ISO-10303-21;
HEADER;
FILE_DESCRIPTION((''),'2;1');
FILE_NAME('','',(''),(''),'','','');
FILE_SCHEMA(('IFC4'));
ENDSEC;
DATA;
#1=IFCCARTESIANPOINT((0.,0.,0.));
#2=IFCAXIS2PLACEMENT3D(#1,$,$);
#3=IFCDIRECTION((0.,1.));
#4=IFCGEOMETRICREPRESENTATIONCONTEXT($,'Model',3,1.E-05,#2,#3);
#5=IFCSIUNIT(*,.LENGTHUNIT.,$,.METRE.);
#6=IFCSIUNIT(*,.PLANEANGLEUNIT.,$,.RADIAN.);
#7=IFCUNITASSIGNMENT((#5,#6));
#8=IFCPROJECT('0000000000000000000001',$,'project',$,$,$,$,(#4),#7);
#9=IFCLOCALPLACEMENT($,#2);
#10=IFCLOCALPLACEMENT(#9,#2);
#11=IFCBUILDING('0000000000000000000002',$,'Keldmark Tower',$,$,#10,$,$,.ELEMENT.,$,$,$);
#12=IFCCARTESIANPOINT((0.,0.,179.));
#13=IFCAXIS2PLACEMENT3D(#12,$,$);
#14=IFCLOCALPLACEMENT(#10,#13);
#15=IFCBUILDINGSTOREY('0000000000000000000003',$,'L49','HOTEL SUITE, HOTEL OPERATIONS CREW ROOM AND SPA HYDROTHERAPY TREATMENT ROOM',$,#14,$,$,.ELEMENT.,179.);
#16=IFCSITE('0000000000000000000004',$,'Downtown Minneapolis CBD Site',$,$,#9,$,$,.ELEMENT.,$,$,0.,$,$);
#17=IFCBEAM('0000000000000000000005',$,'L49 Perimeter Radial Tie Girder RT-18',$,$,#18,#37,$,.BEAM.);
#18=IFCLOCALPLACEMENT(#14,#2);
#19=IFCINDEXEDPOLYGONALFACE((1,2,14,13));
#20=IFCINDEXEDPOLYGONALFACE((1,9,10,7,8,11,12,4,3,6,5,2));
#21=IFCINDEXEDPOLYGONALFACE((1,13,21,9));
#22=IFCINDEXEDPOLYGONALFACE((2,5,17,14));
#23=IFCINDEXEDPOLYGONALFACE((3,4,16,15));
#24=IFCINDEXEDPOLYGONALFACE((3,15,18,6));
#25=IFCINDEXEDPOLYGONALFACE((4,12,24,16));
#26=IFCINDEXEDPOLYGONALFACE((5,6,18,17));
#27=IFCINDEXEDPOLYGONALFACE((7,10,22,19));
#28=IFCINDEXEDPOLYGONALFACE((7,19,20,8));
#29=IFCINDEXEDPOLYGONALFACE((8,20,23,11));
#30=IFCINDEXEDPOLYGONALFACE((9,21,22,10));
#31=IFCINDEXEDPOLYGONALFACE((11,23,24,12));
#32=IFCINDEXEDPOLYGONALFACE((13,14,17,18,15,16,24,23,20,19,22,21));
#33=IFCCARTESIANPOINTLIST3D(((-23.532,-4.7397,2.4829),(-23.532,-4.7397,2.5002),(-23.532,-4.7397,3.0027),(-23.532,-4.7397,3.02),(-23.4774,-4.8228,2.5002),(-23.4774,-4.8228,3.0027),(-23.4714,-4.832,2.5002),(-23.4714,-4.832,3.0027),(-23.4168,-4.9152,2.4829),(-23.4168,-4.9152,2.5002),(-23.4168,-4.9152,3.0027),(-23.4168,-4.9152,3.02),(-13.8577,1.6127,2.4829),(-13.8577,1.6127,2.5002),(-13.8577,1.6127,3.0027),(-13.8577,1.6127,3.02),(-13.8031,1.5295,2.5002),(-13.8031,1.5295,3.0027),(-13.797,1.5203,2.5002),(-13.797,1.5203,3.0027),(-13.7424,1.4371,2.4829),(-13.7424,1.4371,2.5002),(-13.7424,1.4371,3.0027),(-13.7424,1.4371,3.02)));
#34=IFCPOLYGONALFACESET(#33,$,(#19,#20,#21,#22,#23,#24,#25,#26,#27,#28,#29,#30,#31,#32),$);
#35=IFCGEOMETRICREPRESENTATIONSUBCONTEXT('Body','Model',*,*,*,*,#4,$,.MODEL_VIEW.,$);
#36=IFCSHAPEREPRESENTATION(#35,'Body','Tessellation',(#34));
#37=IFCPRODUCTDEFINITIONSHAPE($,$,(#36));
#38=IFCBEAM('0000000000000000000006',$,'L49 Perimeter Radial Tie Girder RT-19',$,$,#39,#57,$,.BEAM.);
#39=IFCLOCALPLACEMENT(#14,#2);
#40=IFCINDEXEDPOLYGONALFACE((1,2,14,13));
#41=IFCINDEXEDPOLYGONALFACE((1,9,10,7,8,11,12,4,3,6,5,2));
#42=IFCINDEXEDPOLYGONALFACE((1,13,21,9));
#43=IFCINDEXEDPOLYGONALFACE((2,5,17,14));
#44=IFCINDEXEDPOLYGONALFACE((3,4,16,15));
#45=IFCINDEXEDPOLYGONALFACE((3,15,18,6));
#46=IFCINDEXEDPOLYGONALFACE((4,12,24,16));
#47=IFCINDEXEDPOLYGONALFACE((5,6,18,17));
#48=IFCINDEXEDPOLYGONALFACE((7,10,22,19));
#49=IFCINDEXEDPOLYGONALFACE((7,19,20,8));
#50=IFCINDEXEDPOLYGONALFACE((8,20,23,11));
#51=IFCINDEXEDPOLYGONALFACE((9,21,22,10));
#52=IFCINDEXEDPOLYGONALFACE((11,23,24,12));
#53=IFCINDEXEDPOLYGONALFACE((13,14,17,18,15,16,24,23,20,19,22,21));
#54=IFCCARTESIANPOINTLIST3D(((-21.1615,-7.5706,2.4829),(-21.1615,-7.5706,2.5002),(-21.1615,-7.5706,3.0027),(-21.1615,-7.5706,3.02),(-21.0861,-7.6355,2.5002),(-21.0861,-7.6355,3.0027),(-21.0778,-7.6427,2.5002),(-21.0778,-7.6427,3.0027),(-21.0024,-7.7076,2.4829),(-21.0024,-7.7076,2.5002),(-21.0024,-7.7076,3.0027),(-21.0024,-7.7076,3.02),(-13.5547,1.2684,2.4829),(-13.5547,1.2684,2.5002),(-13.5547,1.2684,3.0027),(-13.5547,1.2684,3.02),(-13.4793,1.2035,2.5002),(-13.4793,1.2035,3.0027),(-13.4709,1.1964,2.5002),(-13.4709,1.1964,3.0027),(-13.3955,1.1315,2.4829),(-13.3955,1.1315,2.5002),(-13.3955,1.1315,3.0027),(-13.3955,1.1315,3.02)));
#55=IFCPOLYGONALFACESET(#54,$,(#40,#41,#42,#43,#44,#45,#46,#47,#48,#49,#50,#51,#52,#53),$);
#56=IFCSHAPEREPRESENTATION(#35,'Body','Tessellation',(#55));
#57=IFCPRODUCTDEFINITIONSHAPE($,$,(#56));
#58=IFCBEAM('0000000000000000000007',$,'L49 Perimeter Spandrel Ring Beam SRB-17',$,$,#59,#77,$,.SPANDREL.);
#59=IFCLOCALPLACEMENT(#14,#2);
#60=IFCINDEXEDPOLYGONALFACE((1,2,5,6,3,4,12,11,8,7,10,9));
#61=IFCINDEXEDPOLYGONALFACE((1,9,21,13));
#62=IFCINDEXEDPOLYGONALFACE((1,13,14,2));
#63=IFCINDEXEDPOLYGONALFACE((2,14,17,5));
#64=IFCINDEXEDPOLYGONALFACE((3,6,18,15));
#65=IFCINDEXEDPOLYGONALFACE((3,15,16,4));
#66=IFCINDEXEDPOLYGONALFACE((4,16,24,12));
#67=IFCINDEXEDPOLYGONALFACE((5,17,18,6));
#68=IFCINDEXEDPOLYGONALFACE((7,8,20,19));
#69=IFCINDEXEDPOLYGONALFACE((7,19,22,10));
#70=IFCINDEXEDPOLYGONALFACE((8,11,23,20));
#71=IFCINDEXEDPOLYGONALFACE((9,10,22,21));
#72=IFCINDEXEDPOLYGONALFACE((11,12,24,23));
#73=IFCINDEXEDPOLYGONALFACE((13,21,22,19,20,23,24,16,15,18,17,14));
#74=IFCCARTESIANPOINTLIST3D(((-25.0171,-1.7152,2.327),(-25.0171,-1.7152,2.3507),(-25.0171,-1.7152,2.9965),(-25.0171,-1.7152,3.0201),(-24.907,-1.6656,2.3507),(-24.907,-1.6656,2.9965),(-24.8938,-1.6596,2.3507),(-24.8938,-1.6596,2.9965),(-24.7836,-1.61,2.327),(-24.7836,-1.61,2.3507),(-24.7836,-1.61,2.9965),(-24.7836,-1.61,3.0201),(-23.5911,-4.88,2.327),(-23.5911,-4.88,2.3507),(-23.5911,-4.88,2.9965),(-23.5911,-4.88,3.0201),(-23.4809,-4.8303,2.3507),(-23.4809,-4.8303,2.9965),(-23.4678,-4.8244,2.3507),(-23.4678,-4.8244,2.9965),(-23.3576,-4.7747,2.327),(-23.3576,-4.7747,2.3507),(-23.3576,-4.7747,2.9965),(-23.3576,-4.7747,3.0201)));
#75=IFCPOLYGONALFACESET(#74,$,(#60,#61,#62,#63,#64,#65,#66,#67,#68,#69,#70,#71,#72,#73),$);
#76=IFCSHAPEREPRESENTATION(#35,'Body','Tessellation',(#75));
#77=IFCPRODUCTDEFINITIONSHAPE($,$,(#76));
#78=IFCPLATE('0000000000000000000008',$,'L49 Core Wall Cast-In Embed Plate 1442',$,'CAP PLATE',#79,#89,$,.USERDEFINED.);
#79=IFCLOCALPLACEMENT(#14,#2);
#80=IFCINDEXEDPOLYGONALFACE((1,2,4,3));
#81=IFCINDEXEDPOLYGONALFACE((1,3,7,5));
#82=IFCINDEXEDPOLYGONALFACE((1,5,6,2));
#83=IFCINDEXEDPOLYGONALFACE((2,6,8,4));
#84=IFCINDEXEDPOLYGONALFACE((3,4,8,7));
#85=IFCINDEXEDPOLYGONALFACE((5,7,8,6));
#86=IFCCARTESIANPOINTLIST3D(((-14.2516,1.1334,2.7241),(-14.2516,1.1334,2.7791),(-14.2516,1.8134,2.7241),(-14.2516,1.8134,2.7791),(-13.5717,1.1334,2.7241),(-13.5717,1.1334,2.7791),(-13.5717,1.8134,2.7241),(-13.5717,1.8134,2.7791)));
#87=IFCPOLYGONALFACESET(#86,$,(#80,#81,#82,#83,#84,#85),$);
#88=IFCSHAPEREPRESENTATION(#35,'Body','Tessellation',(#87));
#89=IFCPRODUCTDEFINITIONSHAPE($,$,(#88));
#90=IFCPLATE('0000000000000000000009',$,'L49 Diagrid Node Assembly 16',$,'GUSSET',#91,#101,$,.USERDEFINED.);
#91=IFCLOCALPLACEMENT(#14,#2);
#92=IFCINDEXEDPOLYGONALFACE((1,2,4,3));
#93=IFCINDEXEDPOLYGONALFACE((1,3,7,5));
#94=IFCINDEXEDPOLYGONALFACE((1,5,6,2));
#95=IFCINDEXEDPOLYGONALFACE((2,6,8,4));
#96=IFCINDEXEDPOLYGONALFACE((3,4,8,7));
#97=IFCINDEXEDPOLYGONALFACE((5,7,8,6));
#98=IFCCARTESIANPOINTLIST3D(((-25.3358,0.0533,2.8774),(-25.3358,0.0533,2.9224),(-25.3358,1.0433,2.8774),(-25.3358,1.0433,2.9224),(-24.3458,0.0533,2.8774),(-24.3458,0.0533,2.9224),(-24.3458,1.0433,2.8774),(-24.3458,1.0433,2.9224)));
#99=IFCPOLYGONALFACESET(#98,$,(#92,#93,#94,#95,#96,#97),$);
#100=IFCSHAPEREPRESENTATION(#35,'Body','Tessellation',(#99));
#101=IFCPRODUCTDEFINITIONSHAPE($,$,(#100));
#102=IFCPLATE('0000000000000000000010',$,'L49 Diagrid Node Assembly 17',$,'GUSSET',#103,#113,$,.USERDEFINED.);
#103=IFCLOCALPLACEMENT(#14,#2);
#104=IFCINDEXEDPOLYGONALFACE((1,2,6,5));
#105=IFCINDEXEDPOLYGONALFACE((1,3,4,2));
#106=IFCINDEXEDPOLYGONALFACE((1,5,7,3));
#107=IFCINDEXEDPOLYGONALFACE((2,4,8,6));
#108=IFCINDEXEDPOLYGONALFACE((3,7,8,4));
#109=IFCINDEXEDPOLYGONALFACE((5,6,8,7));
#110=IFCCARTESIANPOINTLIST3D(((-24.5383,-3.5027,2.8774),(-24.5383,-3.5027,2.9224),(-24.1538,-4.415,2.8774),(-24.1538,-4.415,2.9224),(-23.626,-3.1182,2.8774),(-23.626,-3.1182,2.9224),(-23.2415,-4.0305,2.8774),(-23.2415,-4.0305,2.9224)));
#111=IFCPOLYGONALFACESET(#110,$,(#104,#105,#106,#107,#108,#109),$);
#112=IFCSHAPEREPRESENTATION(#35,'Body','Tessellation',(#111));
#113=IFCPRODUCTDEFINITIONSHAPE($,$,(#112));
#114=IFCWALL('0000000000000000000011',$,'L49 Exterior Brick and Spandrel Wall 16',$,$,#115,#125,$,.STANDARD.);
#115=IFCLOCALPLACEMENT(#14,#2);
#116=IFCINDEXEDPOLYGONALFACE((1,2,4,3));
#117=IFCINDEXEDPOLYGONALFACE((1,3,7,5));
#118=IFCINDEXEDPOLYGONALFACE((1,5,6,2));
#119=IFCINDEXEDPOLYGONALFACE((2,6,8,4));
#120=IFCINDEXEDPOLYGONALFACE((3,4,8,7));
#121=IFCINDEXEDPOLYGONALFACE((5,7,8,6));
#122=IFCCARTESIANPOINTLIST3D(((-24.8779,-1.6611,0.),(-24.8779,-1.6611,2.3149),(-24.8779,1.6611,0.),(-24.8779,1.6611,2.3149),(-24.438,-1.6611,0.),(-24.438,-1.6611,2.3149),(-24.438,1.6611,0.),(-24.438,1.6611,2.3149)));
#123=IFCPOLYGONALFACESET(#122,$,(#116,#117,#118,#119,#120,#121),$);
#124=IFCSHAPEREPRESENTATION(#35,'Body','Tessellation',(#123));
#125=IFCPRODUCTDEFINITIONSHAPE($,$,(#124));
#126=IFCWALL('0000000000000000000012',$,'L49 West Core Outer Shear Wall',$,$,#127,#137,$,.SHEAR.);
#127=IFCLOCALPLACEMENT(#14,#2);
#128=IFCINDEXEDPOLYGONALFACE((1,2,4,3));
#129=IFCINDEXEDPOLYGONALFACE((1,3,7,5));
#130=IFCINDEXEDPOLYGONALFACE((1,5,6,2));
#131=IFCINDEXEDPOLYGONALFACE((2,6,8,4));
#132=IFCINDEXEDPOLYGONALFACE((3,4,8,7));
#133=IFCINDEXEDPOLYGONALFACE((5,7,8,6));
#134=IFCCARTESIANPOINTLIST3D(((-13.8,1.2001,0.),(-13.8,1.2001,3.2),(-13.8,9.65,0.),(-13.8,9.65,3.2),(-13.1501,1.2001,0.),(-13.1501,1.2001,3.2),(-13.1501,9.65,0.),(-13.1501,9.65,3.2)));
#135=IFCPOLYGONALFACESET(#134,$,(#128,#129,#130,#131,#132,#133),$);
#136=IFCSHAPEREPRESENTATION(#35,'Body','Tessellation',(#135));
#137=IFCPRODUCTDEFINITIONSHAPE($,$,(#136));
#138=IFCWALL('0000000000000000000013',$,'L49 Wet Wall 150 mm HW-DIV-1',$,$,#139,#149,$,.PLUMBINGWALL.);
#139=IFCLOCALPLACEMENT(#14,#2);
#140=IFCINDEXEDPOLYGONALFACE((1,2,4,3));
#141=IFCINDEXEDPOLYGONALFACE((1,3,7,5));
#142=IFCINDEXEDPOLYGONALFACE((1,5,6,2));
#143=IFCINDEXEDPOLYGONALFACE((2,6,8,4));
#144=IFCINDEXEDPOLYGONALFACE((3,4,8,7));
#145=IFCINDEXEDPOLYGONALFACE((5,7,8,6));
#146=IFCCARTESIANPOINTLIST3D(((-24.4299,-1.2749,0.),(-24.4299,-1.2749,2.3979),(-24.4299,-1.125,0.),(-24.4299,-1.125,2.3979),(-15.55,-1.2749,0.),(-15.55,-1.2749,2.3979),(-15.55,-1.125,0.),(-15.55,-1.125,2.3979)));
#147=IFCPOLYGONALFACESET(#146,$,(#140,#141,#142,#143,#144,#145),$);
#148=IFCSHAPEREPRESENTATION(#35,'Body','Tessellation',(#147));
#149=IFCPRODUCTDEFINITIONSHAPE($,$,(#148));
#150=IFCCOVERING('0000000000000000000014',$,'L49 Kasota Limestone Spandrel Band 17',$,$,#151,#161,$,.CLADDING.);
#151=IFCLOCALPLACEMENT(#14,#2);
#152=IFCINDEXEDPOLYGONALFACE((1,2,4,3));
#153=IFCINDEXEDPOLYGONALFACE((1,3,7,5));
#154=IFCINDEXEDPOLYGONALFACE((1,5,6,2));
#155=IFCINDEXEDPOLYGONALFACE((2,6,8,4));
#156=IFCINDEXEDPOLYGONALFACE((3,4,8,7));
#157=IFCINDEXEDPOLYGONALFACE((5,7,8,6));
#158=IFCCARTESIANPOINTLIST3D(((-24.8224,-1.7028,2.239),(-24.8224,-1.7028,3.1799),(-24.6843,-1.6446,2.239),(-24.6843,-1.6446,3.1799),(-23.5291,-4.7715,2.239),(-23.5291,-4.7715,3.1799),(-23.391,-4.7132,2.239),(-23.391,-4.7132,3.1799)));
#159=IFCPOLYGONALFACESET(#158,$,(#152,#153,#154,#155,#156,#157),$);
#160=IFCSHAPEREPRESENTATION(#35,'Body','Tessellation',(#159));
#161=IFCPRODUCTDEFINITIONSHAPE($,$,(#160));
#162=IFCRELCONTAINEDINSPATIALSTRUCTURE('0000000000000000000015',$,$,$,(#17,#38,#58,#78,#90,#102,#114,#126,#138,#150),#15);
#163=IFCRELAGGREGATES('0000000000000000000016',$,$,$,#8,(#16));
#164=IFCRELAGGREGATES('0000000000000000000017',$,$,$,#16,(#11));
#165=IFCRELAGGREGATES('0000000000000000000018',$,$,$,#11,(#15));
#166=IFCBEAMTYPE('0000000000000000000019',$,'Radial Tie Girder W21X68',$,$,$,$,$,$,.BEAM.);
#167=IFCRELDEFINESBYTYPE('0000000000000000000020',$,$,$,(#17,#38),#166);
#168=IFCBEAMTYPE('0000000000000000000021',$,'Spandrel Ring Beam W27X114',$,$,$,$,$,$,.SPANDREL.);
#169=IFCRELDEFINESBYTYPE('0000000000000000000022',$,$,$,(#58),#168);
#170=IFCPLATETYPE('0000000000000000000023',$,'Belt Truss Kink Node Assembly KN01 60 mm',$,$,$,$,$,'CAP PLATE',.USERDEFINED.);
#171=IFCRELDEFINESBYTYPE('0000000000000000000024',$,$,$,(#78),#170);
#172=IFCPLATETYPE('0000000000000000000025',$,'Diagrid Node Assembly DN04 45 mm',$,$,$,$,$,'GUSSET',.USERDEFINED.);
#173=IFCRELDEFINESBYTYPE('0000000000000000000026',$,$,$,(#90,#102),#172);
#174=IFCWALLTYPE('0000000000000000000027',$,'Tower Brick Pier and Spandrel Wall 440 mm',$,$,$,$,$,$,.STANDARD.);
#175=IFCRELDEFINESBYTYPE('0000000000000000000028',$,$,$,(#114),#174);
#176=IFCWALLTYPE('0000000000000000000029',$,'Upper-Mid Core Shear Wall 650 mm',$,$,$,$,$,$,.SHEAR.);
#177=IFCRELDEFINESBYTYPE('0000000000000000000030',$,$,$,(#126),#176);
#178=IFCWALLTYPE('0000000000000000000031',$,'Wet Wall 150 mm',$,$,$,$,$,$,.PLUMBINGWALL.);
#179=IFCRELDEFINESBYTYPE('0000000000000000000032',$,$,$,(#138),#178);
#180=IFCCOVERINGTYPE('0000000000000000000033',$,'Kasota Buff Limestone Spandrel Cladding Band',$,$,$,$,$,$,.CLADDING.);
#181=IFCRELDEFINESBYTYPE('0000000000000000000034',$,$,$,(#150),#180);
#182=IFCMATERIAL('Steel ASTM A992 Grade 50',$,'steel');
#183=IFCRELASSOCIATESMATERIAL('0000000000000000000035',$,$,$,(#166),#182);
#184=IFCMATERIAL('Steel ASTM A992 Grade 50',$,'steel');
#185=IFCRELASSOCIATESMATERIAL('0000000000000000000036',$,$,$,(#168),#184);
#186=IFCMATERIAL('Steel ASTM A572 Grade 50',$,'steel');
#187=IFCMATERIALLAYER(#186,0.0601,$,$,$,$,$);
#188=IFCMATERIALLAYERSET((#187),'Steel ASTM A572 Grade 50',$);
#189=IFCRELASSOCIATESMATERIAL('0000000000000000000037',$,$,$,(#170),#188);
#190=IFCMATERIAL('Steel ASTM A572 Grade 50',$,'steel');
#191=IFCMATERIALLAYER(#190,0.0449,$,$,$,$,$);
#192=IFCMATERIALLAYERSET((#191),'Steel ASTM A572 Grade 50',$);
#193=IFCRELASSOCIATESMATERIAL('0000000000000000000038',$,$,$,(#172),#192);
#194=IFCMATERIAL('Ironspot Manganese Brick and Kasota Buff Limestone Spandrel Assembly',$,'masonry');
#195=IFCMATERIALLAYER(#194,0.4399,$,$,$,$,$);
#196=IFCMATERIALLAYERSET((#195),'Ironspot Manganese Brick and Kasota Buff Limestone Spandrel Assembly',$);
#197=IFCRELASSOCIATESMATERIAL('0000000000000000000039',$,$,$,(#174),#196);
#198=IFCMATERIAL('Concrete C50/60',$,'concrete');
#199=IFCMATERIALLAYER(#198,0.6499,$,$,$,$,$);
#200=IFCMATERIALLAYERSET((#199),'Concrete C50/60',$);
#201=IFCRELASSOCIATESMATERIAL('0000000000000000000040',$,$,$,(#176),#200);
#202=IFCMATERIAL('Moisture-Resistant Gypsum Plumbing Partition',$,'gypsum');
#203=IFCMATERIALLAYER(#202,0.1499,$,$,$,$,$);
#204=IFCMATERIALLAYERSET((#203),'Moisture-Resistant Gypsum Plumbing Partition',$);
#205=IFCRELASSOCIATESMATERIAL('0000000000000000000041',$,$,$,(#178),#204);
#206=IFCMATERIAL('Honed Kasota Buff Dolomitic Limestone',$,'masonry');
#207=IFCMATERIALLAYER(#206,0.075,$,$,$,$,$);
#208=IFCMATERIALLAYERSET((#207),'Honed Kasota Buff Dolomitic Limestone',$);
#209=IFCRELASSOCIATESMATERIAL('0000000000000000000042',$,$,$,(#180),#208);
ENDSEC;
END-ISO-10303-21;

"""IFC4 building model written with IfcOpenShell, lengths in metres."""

from ifc_helpers import new_model, si_unit, direction, frame, frame_2d, origin, origin_2d, place, context, subcontext, project, spatial, rectangle, i_section, extrude, material, layer, layer_set, material_profile, profile_set, type_object, element, save


model = new_model("IFC4")

# Units and contexts
model_context = context("Model", 3, precision=1e-05, world=origin(), true_north=direction((0.0, 1.0)))
body_context = subcontext(model_context, "Body", "Model", "MODEL_VIEW")
ifc_project = project(units=[si_unit("LENGTHUNIT", "METRE"), si_unit("PLANEANGLEUNIT", "RADIAN")], contexts=[model_context])

# Site, building, storey
site_placement = place(None, origin())
site = spatial("IfcSite", under=ifc_project, at=site_placement, Name="Downtown Minneapolis CBD Site", CompositionType="ELEMENT", RefElevation=0.0)
building_placement = place(site_placement, origin())
building = spatial("IfcBuilding", under=site, at=building_placement, Name="Keldmark Tower", CompositionType="ELEMENT")
storey_placement = place(building_placement, frame((0.0, 0.0, 179.0)))
storey = spatial("IfcBuildingStorey", under=building, at=storey_placement, Name="L49", Description="HOTEL SUITE, HOTEL OPERATIONS CREW ROOM AND SPA HYDROTHERAPY TREATMENT ROOM", CompositionType="ELEMENT", Elevation=179.0)

# Beams
ifc_material_1 = material(Name="Steel ASTM A992 Grade 50", Category="steel")
ifc_material_profile_1 = material_profile(ifc_material_1, i_section(OverallWidth=0.21, OverallDepth=0.5371, WebThickness=0.011, FlangeThickness=0.0173, at=origin_2d()), Name="W21X68")
ifc_profile_set_1 = profile_set([ifc_material_profile_1], Name="Steel ASTM A992 Grade 50")
beam_type_1 = type_object("IfcBeamType", Name="Radial Tie Girder W21X68", PredefinedType="BEAM", material=ifc_profile_set_1)
beam_1_placement = place(storey_placement, frame((-13.8, 1.5249, 2.7515), z_axis=(-0.835908, -0.548869, 0.0), x_axis=(0.548869, -0.835908, 0.0)))
element("IfcBeam", 1, at=beam_1_placement, inside=storey, type_object=beam_type_1, Name="L49 Perimeter Radial Tie Girder RT-18", PredefinedType="BEAM", context=body_context, shape_type="SweptSolid", body=[
    extrude(i_section(OverallWidth=0.21, OverallDepth=0.5371, WebThickness=0.011, FlangeThickness=0.0173, at=origin_2d()), origin(), (0.0, 0.0, 1.0), 11.5735),
])
beam_2_placement = place(storey_placement, frame((-13.4751, 1.2, 2.7515), z_axis=(-0.6523, -0.757961, 0.0), x_axis=(0.757961, -0.6523, 0.0)))
element("IfcBeam", 2, at=beam_2_placement, inside=storey, type_object=beam_type_1, Name="L49 Perimeter Radial Tie Girder RT-19", PredefinedType="BEAM", context=body_context, shape_type="SweptSolid", body=[
    extrude(i_section(OverallWidth=0.21, OverallDepth=0.5371, WebThickness=0.011, FlangeThickness=0.0173, at=origin_2d()), origin(), (0.0, 0.0, 1.0), 11.6616),
])
ifc_material_2 = material(Name="Steel ASTM A992 Grade 50", Category="steel")
ifc_material_profile_2 = material_profile(ifc_material_2, i_section(OverallWidth=0.2561, OverallDepth=0.6931, WebThickness=0.0144, FlangeThickness=0.0237, at=origin_2d()), Name="W27X114")
ifc_profile_set_2 = profile_set([ifc_material_profile_2], Name="Steel ASTM A992 Grade 50")
beam_type_2 = type_object("IfcBeamType", Name="Spandrel Ring Beam W27X114", PredefinedType="SPANDREL", material=ifc_profile_set_2)
beam_3_placement = place(storey_placement, frame((-24.9004, -1.6626, 2.6736), z_axis=(0.410812, -0.91172, 0.0), x_axis=(0.91172, 0.410812, 0.0)))
element("IfcBeam", 3, at=beam_3_placement, inside=storey, type_object=beam_type_2, Name="L49 Perimeter Spandrel Ring Beam SRB-17", PredefinedType="SPANDREL", context=body_context, shape_type="SweptSolid", body=[
    extrude(i_section(OverallWidth=0.2561, OverallDepth=0.6931, WebThickness=0.0144, FlangeThickness=0.0237, at=origin_2d()), origin(), (0.0, 0.0, 1.0), 3.4712),
])

# Plates
ifc_material_3 = material(Name="Steel ASTM A572 Grade 50", Category="steel")
ifc_layer_1 = layer(ifc_material_3, 0.0601)
ifc_layer_set_1 = layer_set([ifc_layer_1], Name="Steel ASTM A572 Grade 50")
plate_type_1 = type_object("IfcPlateType", Name="Belt Truss Kink Node Assembly KN01 60 mm", ElementType="CAP PLATE", PredefinedType="USERDEFINED", material=ifc_layer_set_1)
plate_placement = place(storey_placement, frame((-13.9116, 1.4734, 2.7241), z_axis=(0.0, 0.0, 1.0), x_axis=(1.0, 0.0, 0.0)))
element("IfcPlate", 4, at=plate_placement, inside=storey, type_object=plate_type_1, Name="L49 Core Wall Cast-In Embed Plate 1442", ObjectType="CAP PLATE", PredefinedType="USERDEFINED", context=body_context, shape_type="SweptSolid", body=[
    extrude(rectangle(XDim=0.6799, YDim=0.6799, at=origin_2d()), origin(), (0.0, 0.0, 1.0), 0.0549),
])
ifc_material_4 = material(Name="Steel ASTM A572 Grade 50", Category="steel")
ifc_layer_2 = layer(ifc_material_4, 0.0449)
ifc_layer_set_2 = layer_set([ifc_layer_2], Name="Steel ASTM A572 Grade 50")
plate_type_2 = type_object("IfcPlateType", Name="Diagrid Node Assembly DN04 45 mm", ElementType="GUSSET", PredefinedType="USERDEFINED", material=ifc_layer_set_2)
for number, where, z_axis, x_axis, name in (
    (5, (-24.8408, 0.5483, 2.8774), (0.0, 0.0, 1.0), (0.0, -1.0, 0.0), "L49 Diagrid Node Assembly 16"),
    (6, (-23.8899, -3.7666, 2.8774), (0.0, 0.0, 1.0), (0.38832, -0.921525, 0.0), "L49 Diagrid Node Assembly 17"),
):
    element("IfcPlate", number, at=place(storey_placement, frame(where, z_axis=z_axis, x_axis=x_axis)), inside=storey, type_object=plate_type_2, Name=name, ObjectType="GUSSET", PredefinedType="USERDEFINED", context=body_context, shape_type="SweptSolid", body=[
        extrude(rectangle(XDim=0.99, YDim=0.99, at=origin_2d()), origin(), (0.0, 0.0, 1.0), 0.0449),
    ])

# Walls
ifc_material_5 = material(Name="Ironspot Manganese Brick and Kasota Buff Limestone Spandrel Assembly", Category="masonry")
ifc_layer_3 = layer(ifc_material_5, 0.4399)
ifc_layer_set_3 = layer_set([ifc_layer_3], Name="Ironspot Manganese Brick and Kasota Buff Limestone Spandrel Assembly")
wall_type_1 = type_object("IfcWallType", Name="Tower Brick Pier and Spandrel Wall 440 mm", PredefinedType="STANDARD", material=ifc_layer_set_3)
wall_1_placement = place(storey_placement, frame((-24.658, -1.6611, 0.0), z_axis=(0.0, 0.0, 1.0), x_axis=(0.0, 1.0, 0.0)))
element("IfcWall", 7, at=wall_1_placement, inside=storey, type_object=wall_type_1, Name="L49 Exterior Brick and Spandrel Wall 16", PredefinedType="STANDARD", context=body_context, shape_type="SweptSolid", body=[
    extrude(rectangle(XDim=3.3223, YDim=0.4399, at=frame_2d((1.6611, 0.0))), origin(), (0.0, 0.0, 1.0), 2.3149),
])
ifc_material_6 = material(Name="Concrete C50/60", Category="concrete")
ifc_layer_4 = layer(ifc_material_6, 0.6499)
ifc_layer_set_4 = layer_set([ifc_layer_4], Name="Concrete C50/60")
wall_type_2 = type_object("IfcWallType", Name="Upper-Mid Core Shear Wall 650 mm", PredefinedType="SHEAR", material=ifc_layer_set_4)
wall_2_placement = place(storey_placement, frame((-13.4751, 1.2, 0.0), z_axis=(0.0, 0.0, 1.0), x_axis=(0.0, 1.0, 0.0)))
element("IfcWall", 8, at=wall_2_placement, inside=storey, type_object=wall_type_2, Name="L49 West Core Outer Shear Wall", PredefinedType="SHEAR", context=body_context, shape_type="SweptSolid", body=[
    extrude(rectangle(XDim=8.45, YDim=0.6499, at=frame_2d((4.2251, 0.0))), origin(), (0.0, 0.0, 1.0), 3.2),
])
ifc_material_7 = material(Name="Moisture-Resistant Gypsum Plumbing Partition", Category="gypsum")
ifc_layer_5 = layer(ifc_material_7, 0.1499)
ifc_layer_set_5 = layer_set([ifc_layer_5], Name="Moisture-Resistant Gypsum Plumbing Partition")
wall_type_3 = type_object("IfcWallType", Name="Wet Wall 150 mm", PredefinedType="PLUMBINGWALL", material=ifc_layer_set_5)
wall_3_placement = place(storey_placement, frame((-24.4299, -1.2, 0.0), z_axis=(0.0, 0.0, 1.0), x_axis=(1.0, 0.0, 0.0)))
element("IfcWall", 9, at=wall_3_placement, inside=storey, type_object=wall_type_3, Name="L49 Wet Wall 150 mm HW-DIV-1", PredefinedType="PLUMBINGWALL", context=body_context, shape_type="SweptSolid", body=[
    extrude(rectangle(XDim=8.8799, YDim=0.1499, at=frame_2d((4.4399, 0.0))), origin(), (0.0, 0.0, 1.0), 2.3979),
])

# Covering
ifc_material_8 = material(Name="Honed Kasota Buff Dolomitic Limestone", Category="masonry")
ifc_layer_6 = layer(ifc_material_8, 0.075)
ifc_layer_set_6 = layer_set([ifc_layer_6], Name="Honed Kasota Buff Dolomitic Limestone")
covering_type = type_object("IfcCoveringType", Name="Kasota Buff Limestone Spandrel Cladding Band", PredefinedType="CLADDING", material=ifc_layer_set_6)
covering_placement = place(storey_placement, frame((-24.1067, -3.208, 2.239), z_axis=(0.0, 0.0, 1.0), x_axis=(0.388368, -0.921504, 0.0)))
element("IfcCovering", 10, at=covering_placement, inside=storey, type_object=covering_type, Name="L49 Kasota Limestone Spandrel Band 17", PredefinedType="CLADDING", context=body_context, shape_type="SweptSolid", body=[
    extrude(rectangle(XDim=3.3301, YDim=0.1499, at=origin_2d()), origin(), (0.0, 0.0, 1.0), 0.9409),
])

save(model, "model.ifc")
